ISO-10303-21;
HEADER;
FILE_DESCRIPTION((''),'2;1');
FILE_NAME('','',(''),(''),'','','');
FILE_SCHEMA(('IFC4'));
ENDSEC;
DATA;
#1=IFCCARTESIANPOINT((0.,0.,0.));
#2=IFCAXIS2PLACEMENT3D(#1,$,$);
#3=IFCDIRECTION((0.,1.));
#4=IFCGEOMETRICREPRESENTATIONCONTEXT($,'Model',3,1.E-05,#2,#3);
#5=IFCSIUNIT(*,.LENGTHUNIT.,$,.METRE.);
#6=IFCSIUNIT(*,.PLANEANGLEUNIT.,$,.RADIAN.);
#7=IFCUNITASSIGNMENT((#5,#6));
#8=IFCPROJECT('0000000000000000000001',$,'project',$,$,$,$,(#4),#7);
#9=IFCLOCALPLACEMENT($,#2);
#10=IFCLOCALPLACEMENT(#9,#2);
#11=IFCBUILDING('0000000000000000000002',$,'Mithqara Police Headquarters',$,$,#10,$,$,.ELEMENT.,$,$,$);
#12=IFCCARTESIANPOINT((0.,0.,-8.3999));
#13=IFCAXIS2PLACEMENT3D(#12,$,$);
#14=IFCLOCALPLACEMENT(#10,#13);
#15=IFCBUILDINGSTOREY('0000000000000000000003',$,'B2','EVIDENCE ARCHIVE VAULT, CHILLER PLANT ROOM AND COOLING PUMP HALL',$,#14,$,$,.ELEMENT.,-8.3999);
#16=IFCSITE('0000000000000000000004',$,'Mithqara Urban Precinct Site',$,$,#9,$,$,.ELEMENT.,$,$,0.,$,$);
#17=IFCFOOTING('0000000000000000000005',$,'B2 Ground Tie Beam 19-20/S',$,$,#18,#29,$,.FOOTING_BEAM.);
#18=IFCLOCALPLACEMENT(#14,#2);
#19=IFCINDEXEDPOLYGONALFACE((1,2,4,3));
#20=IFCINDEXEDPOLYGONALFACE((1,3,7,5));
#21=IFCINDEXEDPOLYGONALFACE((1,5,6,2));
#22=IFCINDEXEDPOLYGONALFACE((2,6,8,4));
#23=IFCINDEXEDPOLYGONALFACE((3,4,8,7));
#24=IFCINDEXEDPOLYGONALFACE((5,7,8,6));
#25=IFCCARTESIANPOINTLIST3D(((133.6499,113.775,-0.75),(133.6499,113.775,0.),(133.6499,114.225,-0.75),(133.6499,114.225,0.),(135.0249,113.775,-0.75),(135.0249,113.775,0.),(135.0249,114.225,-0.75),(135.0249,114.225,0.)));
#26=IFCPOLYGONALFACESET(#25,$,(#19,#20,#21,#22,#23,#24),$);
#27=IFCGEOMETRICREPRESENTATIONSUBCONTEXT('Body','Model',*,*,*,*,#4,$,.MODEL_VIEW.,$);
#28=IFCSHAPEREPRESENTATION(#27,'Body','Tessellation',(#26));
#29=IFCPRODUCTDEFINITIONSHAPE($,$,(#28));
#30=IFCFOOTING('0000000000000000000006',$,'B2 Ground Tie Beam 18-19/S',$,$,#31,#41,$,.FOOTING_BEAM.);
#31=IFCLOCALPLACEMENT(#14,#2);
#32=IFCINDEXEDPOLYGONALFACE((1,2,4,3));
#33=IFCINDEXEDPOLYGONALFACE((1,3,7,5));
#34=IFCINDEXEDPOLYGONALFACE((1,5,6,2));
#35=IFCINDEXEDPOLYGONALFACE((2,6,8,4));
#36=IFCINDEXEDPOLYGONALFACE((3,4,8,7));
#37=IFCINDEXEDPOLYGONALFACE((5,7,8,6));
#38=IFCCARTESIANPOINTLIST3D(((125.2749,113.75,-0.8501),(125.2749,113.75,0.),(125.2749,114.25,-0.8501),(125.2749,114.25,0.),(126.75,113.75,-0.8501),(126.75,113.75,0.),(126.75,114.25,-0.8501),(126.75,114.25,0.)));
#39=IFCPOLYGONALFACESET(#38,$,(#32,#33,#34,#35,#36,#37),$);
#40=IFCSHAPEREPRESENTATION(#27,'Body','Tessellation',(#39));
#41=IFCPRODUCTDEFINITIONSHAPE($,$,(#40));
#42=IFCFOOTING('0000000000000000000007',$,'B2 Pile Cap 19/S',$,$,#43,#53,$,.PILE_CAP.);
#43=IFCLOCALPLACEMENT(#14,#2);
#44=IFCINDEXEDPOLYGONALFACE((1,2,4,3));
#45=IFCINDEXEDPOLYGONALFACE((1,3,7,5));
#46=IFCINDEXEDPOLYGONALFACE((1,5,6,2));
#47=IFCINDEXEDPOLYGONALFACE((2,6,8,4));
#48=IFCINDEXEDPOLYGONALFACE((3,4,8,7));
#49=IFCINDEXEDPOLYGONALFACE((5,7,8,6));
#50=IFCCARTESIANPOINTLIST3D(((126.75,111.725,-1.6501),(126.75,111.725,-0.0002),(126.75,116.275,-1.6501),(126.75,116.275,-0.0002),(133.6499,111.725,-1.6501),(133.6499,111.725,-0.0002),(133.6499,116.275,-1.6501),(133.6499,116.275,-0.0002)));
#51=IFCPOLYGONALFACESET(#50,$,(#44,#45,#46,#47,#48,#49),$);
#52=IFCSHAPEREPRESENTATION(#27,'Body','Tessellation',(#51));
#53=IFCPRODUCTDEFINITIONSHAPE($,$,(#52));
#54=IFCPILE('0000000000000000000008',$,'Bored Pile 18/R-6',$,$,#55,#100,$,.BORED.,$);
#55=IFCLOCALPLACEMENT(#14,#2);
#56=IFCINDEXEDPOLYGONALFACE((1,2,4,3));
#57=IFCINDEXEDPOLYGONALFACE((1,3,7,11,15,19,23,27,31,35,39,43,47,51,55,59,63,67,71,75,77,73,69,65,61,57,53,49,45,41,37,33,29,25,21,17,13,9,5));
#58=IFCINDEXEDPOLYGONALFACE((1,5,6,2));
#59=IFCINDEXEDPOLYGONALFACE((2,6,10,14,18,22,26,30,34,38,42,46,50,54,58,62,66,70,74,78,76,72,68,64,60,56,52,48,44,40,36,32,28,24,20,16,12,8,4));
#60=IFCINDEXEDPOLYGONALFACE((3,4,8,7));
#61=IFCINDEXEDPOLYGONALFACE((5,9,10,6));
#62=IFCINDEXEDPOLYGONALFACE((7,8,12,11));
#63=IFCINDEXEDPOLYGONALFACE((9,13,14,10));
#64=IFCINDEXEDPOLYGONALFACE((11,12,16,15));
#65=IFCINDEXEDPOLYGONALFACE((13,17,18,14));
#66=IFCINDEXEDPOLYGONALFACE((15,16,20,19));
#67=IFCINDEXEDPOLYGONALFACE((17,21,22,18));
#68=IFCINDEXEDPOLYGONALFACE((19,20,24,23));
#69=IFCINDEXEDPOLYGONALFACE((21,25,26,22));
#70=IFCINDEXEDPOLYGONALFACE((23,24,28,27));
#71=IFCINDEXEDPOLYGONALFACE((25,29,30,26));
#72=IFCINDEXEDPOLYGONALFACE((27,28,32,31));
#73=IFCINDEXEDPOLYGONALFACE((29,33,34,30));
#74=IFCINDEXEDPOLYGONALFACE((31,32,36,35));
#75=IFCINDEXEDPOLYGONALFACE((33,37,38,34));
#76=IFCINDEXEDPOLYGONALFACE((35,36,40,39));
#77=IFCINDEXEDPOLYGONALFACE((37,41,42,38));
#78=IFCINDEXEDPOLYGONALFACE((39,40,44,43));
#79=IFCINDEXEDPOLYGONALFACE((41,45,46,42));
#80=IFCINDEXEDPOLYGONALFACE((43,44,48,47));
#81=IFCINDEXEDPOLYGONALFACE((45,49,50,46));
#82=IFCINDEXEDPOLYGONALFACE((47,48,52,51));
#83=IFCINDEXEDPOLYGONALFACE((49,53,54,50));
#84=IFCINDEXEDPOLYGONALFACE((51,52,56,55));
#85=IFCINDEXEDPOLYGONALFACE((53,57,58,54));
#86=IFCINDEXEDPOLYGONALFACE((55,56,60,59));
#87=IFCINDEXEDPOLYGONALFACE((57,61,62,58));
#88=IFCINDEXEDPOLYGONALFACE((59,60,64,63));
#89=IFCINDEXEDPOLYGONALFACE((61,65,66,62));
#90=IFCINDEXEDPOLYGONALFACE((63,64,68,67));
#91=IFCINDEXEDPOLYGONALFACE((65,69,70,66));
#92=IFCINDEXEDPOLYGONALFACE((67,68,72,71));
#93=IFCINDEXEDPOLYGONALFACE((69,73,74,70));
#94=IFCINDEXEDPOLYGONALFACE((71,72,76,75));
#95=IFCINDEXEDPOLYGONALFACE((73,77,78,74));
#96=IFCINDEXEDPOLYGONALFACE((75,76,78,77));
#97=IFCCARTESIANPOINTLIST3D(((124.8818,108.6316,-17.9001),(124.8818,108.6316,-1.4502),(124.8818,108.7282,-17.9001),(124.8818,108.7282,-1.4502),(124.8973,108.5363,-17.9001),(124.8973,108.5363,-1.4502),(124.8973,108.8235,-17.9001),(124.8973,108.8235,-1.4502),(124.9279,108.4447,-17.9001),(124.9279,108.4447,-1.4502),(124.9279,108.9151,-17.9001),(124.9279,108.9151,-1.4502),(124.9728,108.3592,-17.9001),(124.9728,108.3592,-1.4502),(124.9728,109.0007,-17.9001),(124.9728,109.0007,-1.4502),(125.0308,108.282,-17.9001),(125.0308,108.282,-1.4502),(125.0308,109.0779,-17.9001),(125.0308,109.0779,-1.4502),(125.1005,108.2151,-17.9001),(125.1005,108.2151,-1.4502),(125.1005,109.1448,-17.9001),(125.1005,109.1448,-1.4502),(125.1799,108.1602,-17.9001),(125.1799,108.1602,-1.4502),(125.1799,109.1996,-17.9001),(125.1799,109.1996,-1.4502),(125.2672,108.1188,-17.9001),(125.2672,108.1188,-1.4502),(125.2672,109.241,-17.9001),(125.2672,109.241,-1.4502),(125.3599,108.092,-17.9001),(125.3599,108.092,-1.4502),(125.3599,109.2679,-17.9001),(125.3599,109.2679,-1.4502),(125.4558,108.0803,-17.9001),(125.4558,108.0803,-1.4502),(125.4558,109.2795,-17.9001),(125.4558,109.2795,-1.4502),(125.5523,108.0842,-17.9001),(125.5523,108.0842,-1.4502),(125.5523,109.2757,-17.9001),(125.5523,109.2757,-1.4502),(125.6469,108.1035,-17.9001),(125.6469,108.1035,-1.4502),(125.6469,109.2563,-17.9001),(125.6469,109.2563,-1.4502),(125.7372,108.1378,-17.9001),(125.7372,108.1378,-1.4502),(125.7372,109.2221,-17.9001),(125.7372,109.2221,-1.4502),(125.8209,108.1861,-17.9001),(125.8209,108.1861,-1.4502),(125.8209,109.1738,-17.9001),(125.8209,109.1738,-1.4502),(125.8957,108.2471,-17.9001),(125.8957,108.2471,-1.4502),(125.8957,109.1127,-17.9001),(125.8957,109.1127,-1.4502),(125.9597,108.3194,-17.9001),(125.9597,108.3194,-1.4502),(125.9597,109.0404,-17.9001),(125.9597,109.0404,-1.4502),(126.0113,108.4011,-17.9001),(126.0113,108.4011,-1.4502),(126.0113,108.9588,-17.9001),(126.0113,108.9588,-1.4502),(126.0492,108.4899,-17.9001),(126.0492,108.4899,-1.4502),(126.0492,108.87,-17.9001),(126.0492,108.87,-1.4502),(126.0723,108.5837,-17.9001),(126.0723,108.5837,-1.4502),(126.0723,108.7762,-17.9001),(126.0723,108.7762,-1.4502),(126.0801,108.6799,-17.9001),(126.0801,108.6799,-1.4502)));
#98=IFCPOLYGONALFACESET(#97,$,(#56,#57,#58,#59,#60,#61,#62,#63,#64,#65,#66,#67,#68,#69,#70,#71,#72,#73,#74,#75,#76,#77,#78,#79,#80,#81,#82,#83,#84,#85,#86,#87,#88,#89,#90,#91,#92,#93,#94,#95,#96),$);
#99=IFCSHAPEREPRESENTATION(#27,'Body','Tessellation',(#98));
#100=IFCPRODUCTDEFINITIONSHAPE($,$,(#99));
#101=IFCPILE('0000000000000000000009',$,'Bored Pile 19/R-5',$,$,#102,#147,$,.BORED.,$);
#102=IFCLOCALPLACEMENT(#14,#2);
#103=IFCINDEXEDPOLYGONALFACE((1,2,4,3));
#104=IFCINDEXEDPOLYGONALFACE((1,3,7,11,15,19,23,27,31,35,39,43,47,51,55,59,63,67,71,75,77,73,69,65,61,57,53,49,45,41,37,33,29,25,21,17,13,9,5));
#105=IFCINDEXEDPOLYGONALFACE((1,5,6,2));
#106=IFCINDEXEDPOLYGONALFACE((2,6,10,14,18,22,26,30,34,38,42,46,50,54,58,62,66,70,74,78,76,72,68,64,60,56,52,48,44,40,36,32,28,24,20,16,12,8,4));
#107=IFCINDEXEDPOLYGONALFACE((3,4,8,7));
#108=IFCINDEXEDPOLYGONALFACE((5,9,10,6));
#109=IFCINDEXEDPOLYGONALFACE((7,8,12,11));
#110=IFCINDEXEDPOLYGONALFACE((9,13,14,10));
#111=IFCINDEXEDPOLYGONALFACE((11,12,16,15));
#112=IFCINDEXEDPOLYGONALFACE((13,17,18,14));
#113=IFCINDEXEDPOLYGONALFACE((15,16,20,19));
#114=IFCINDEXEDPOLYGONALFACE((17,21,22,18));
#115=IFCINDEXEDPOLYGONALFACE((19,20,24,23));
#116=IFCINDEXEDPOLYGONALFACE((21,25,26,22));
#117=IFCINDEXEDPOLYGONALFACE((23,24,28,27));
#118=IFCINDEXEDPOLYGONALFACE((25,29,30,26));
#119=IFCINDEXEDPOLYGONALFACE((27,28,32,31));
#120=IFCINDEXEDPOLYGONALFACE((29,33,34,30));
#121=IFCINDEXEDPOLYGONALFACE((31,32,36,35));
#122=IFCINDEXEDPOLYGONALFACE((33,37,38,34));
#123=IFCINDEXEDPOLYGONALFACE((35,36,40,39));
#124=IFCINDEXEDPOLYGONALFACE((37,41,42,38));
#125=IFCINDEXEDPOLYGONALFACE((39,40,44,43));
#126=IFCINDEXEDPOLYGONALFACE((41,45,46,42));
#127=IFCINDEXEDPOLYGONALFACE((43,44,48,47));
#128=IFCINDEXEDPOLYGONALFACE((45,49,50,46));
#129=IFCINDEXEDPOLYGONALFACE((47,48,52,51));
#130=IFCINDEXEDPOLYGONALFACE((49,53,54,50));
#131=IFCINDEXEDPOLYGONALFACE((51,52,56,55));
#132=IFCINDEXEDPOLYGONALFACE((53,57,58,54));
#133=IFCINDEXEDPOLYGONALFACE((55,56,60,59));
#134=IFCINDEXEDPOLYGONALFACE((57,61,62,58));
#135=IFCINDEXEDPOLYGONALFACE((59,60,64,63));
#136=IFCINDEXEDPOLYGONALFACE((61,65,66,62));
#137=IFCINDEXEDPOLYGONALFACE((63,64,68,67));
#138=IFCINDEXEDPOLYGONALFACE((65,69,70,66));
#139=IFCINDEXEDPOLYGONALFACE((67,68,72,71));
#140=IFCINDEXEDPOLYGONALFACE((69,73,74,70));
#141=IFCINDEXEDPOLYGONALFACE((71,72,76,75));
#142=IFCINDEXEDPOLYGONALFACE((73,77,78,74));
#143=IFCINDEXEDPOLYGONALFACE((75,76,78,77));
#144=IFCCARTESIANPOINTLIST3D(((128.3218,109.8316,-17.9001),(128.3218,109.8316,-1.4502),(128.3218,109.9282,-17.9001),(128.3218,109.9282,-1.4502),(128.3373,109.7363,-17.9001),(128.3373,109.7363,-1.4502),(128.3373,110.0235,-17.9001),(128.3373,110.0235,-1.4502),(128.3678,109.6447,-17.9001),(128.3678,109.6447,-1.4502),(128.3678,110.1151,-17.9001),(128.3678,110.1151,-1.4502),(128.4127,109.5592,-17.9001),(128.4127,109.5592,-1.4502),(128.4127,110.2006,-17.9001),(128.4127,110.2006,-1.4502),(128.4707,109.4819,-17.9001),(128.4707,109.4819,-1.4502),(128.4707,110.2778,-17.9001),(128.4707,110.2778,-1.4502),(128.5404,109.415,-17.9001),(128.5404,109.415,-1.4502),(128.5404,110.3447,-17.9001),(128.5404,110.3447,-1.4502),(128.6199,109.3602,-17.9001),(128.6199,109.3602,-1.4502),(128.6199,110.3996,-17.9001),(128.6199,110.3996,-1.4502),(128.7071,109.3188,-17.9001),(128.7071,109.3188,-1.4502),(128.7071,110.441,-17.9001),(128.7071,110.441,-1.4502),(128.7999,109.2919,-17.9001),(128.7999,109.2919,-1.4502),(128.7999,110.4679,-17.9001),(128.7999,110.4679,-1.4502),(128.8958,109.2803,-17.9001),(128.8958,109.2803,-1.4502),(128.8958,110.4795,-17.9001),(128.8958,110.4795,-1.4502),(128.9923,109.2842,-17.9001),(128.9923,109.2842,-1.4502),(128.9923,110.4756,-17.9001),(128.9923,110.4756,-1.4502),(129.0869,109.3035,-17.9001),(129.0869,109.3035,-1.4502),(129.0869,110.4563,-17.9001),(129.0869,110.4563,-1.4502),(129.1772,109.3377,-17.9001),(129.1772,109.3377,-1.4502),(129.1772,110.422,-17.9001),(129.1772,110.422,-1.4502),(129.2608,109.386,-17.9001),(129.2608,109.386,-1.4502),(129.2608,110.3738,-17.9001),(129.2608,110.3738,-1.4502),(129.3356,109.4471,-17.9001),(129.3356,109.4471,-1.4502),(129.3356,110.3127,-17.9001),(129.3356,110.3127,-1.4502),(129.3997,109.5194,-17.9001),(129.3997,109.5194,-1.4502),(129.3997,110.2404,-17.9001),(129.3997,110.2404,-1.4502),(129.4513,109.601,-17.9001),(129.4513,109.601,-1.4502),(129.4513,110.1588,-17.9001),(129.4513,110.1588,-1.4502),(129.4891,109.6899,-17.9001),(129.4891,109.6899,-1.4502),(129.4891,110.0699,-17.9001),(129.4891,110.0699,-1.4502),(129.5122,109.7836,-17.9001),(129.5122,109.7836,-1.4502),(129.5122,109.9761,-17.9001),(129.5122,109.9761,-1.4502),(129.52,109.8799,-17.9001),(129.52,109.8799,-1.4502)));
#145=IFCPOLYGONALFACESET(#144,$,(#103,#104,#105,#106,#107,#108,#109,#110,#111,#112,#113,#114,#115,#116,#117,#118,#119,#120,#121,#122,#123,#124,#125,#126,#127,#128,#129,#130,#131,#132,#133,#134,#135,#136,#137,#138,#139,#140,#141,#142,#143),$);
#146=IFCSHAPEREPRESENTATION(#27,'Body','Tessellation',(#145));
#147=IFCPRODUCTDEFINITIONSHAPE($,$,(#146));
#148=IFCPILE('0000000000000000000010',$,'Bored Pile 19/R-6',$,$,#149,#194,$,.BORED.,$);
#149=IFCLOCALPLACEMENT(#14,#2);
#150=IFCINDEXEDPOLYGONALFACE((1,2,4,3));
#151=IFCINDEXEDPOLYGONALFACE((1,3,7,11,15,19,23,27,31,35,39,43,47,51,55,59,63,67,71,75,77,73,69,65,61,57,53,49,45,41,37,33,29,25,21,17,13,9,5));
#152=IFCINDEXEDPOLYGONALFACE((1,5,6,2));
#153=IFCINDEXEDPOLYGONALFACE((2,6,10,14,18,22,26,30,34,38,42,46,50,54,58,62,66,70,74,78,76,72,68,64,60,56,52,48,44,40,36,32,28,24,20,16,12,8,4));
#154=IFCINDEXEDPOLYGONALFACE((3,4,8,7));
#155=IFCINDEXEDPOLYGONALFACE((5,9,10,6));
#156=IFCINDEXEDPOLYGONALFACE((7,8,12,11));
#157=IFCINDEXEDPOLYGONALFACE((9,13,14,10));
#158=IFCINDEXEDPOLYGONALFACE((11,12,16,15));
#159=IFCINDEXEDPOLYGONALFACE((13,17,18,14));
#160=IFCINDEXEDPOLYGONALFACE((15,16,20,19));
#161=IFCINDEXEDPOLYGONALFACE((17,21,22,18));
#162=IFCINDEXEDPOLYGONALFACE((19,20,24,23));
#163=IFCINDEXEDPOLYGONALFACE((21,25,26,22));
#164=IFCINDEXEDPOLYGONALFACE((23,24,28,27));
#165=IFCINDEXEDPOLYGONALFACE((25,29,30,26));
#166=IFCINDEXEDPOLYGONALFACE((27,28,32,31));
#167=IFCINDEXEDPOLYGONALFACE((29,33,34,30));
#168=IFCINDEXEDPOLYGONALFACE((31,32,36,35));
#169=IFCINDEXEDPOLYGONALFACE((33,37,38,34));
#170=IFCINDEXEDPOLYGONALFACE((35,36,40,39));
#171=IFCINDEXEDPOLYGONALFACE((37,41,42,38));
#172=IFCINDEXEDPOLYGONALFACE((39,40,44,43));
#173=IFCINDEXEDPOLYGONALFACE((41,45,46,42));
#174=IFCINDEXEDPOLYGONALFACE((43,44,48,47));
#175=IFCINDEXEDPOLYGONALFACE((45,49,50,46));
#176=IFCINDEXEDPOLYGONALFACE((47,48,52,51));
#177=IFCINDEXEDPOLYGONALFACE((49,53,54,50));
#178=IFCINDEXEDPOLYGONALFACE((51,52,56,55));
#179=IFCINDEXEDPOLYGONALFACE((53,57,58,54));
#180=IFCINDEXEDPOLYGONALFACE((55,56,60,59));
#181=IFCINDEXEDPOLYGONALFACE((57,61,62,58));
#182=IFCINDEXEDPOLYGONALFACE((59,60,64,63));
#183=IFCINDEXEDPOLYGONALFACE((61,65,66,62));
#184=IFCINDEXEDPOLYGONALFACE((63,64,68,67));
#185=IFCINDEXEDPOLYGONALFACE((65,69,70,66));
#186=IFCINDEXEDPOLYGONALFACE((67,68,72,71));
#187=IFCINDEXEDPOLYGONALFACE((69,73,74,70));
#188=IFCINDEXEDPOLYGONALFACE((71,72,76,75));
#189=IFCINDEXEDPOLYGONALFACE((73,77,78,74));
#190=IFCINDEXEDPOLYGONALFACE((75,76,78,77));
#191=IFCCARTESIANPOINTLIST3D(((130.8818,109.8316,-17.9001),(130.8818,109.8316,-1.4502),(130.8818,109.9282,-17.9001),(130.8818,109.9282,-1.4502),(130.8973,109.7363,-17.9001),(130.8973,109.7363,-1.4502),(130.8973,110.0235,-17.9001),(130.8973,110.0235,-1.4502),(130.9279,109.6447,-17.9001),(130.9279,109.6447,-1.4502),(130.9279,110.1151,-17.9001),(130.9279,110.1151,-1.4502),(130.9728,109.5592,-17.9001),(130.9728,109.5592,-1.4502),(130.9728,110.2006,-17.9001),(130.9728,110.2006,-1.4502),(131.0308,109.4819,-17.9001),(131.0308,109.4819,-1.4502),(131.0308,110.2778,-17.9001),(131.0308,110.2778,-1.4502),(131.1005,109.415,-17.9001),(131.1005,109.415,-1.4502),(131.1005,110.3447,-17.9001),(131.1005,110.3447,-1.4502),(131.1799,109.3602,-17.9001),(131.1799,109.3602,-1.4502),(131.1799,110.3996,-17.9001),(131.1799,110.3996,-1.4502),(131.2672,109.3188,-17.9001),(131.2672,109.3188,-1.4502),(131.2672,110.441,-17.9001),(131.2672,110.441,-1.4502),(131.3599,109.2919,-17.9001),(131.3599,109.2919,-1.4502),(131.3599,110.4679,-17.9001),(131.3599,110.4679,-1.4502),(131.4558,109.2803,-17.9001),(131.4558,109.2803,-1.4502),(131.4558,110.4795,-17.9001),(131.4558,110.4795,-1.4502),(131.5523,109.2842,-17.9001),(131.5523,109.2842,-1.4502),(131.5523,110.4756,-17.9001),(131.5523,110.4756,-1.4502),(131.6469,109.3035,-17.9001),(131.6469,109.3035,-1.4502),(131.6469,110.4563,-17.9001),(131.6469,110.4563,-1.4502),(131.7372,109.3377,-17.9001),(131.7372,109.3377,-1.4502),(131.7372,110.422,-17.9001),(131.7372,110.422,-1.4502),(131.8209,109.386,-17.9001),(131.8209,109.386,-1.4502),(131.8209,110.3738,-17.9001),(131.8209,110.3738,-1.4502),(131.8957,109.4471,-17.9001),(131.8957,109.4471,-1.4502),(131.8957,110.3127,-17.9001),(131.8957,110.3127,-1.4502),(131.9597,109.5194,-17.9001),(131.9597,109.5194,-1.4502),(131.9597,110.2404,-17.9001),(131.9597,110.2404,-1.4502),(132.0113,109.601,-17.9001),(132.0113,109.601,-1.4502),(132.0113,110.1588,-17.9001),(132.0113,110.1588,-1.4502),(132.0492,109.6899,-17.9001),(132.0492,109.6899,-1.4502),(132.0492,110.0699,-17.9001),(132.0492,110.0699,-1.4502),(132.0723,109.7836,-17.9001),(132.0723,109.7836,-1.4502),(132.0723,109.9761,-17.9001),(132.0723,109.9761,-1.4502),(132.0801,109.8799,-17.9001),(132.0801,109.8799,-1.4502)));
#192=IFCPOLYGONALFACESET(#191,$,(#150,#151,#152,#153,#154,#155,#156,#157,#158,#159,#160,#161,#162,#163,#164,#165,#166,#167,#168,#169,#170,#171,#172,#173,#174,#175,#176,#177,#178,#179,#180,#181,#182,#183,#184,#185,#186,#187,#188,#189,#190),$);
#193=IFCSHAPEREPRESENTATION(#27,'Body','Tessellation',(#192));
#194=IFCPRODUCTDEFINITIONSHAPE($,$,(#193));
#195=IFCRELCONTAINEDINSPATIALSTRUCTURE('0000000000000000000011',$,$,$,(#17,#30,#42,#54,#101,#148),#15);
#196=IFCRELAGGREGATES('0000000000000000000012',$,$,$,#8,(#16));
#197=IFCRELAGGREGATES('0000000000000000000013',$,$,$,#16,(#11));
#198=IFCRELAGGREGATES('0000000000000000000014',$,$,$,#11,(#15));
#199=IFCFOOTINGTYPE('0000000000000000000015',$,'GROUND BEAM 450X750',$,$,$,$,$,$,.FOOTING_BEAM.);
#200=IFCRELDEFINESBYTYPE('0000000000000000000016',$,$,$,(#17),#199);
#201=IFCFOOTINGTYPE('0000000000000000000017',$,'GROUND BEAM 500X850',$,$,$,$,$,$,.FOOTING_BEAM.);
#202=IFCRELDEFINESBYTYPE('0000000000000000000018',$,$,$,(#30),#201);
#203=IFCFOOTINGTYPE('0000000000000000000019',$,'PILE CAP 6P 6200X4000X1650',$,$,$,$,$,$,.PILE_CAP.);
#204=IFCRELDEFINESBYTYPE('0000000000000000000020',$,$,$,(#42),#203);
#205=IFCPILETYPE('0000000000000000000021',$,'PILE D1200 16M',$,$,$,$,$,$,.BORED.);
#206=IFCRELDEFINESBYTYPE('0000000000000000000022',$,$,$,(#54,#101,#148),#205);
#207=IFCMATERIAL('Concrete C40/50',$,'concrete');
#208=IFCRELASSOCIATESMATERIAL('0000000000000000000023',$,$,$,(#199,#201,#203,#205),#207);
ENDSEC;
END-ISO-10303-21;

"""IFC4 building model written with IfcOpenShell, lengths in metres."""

from ifc_helpers import new_model, si_unit, direction, frame, origin, origin_2d, place, context, subcontext, project, spatial, rectangle, circle, extrude, material, material_profile, profile_set, type_object, element, save


model = new_model("IFC4")

# Units and contexts
model_context = context("Model", 3, precision=1e-05, world=origin(), true_north=direction((0.0, 1.0)))
body_context = subcontext(model_context, "Body", "Model", "MODEL_VIEW")
ifc_project = project(units=[si_unit("LENGTHUNIT", "METRE"), si_unit("PLANEANGLEUNIT", "RADIAN")], contexts=[model_context])

# Site, building, storey
site_placement = place(None, origin())
site = spatial("IfcSite", under=ifc_project, at=site_placement, Name="Mithqara Urban Precinct Site", CompositionType="ELEMENT", RefElevation=0.0)
building_placement = place(site_placement, origin())
building = spatial("IfcBuilding", under=site, at=building_placement, Name="Mithqara Police Headquarters", CompositionType="ELEMENT")
storey_placement = place(building_placement, frame((0.0, 0.0, -8.3999)))
storey = spatial("IfcBuildingStorey", under=building, at=storey_placement, Name="B2", Description="EVIDENCE ARCHIVE VAULT, CHILLER PLANT ROOM AND COOLING PUMP HALL", CompositionType="ELEMENT", Elevation=-8.3999)

# Footings
ifc_material_1 = material(Name="Concrete C40/50", Category="concrete")
footing_type_1 = type_object("IfcFootingType", Name="GROUND BEAM 450X750", PredefinedType="FOOTING_BEAM", material=ifc_material_1)
footing_1_placement = place(storey_placement, frame((134.3374, 114.0, -0.75), z_axis=(0.0, 0.0, 1.0), x_axis=(1.0, 0.0, 0.0)))
element("IfcFooting", 1, at=footing_1_placement, inside=storey, type_object=footing_type_1, Name="B2 Ground Tie Beam 19-20/S", PredefinedType="FOOTING_BEAM", context=body_context, shape_type="SweptSolid", body=[
    extrude(rectangle(XDim=1.375, YDim=0.45, at=origin_2d()), origin(), (0.0, 0.0, 1.0), 0.75),
])
footing_type_2 = type_object("IfcFootingType", Name="GROUND BEAM 500X850", PredefinedType="FOOTING_BEAM", material=ifc_material_1)
footing_2_placement = place(storey_placement, frame((126.0125, 114.0, -0.8501), z_axis=(0.0, 0.0, 1.0), x_axis=(1.0, 0.0, 0.0)))
element("IfcFooting", 2, at=footing_2_placement, inside=storey, type_object=footing_type_2, Name="B2 Ground Tie Beam 18-19/S", PredefinedType="FOOTING_BEAM", context=body_context, shape_type="SweptSolid", body=[
    extrude(rectangle(XDim=1.4751, YDim=0.5, at=origin_2d()), origin(), (0.0, 0.0, 1.0), 0.8501),
])
footing_type_3 = type_object("IfcFootingType", Name="PILE CAP 6P 6200X4000X1650", PredefinedType="PILE_CAP", material=ifc_material_1)
footing_3_placement = place(storey_placement, frame((130.2, 114.0, -1.6501), z_axis=(0.0, 0.0, 1.0), x_axis=(1.0, 0.0, 0.0)))
element("IfcFooting", 3, at=footing_3_placement, inside=storey, type_object=footing_type_3, Name="B2 Pile Cap 19/S", PredefinedType="PILE_CAP", context=body_context, shape_type="SweptSolid", body=[
    extrude(rectangle(XDim=6.8999, YDim=4.55, at=origin_2d()), origin(), (0.0, 0.0, 1.0), 1.6499),
])

# Piles
ifc_material_profile_1 = material_profile(ifc_material_1, circle(Radius=0.6001, at=origin_2d()), Name="PILE D1200")
ifc_profile_set_1 = profile_set([ifc_material_profile_1], Name="Concrete C40/50")
pile_type = type_object("IfcPileType", Name="PILE D1200 16M", PredefinedType="BORED", material=ifc_profile_set_1)
for number, where, z_axis, x_axis, name in (
    (4, (125.48, 108.6799, -1.4502), (0.0, 0.0, -1.0), (1.0, 0.0, 0.0), "Bored Pile 18/R-6"),
    (5, (128.9199, 109.8799, -1.4502), (0.0, 0.0, -1.0), (1.0, 0.0, 0.0), "Bored Pile 19/R-5"),
    (6, (131.48, 109.8799, -1.4502), (0.0, 0.0, -1.0), (1.0, 0.0, 0.0), "Bored Pile 19/R-6"),
):
    element("IfcPile", number, at=place(storey_placement, frame(where, z_axis=z_axis, x_axis=x_axis)), inside=storey, type_object=pile_type, Name=name, PredefinedType="BORED", context=body_context, shape_type="SweptSolid", body=[
        extrude(circle(Radius=0.6001, at=origin_2d()), origin(), (0.0, 0.0, 1.0), 16.45),
    ])

save(model, "model.ifc")
